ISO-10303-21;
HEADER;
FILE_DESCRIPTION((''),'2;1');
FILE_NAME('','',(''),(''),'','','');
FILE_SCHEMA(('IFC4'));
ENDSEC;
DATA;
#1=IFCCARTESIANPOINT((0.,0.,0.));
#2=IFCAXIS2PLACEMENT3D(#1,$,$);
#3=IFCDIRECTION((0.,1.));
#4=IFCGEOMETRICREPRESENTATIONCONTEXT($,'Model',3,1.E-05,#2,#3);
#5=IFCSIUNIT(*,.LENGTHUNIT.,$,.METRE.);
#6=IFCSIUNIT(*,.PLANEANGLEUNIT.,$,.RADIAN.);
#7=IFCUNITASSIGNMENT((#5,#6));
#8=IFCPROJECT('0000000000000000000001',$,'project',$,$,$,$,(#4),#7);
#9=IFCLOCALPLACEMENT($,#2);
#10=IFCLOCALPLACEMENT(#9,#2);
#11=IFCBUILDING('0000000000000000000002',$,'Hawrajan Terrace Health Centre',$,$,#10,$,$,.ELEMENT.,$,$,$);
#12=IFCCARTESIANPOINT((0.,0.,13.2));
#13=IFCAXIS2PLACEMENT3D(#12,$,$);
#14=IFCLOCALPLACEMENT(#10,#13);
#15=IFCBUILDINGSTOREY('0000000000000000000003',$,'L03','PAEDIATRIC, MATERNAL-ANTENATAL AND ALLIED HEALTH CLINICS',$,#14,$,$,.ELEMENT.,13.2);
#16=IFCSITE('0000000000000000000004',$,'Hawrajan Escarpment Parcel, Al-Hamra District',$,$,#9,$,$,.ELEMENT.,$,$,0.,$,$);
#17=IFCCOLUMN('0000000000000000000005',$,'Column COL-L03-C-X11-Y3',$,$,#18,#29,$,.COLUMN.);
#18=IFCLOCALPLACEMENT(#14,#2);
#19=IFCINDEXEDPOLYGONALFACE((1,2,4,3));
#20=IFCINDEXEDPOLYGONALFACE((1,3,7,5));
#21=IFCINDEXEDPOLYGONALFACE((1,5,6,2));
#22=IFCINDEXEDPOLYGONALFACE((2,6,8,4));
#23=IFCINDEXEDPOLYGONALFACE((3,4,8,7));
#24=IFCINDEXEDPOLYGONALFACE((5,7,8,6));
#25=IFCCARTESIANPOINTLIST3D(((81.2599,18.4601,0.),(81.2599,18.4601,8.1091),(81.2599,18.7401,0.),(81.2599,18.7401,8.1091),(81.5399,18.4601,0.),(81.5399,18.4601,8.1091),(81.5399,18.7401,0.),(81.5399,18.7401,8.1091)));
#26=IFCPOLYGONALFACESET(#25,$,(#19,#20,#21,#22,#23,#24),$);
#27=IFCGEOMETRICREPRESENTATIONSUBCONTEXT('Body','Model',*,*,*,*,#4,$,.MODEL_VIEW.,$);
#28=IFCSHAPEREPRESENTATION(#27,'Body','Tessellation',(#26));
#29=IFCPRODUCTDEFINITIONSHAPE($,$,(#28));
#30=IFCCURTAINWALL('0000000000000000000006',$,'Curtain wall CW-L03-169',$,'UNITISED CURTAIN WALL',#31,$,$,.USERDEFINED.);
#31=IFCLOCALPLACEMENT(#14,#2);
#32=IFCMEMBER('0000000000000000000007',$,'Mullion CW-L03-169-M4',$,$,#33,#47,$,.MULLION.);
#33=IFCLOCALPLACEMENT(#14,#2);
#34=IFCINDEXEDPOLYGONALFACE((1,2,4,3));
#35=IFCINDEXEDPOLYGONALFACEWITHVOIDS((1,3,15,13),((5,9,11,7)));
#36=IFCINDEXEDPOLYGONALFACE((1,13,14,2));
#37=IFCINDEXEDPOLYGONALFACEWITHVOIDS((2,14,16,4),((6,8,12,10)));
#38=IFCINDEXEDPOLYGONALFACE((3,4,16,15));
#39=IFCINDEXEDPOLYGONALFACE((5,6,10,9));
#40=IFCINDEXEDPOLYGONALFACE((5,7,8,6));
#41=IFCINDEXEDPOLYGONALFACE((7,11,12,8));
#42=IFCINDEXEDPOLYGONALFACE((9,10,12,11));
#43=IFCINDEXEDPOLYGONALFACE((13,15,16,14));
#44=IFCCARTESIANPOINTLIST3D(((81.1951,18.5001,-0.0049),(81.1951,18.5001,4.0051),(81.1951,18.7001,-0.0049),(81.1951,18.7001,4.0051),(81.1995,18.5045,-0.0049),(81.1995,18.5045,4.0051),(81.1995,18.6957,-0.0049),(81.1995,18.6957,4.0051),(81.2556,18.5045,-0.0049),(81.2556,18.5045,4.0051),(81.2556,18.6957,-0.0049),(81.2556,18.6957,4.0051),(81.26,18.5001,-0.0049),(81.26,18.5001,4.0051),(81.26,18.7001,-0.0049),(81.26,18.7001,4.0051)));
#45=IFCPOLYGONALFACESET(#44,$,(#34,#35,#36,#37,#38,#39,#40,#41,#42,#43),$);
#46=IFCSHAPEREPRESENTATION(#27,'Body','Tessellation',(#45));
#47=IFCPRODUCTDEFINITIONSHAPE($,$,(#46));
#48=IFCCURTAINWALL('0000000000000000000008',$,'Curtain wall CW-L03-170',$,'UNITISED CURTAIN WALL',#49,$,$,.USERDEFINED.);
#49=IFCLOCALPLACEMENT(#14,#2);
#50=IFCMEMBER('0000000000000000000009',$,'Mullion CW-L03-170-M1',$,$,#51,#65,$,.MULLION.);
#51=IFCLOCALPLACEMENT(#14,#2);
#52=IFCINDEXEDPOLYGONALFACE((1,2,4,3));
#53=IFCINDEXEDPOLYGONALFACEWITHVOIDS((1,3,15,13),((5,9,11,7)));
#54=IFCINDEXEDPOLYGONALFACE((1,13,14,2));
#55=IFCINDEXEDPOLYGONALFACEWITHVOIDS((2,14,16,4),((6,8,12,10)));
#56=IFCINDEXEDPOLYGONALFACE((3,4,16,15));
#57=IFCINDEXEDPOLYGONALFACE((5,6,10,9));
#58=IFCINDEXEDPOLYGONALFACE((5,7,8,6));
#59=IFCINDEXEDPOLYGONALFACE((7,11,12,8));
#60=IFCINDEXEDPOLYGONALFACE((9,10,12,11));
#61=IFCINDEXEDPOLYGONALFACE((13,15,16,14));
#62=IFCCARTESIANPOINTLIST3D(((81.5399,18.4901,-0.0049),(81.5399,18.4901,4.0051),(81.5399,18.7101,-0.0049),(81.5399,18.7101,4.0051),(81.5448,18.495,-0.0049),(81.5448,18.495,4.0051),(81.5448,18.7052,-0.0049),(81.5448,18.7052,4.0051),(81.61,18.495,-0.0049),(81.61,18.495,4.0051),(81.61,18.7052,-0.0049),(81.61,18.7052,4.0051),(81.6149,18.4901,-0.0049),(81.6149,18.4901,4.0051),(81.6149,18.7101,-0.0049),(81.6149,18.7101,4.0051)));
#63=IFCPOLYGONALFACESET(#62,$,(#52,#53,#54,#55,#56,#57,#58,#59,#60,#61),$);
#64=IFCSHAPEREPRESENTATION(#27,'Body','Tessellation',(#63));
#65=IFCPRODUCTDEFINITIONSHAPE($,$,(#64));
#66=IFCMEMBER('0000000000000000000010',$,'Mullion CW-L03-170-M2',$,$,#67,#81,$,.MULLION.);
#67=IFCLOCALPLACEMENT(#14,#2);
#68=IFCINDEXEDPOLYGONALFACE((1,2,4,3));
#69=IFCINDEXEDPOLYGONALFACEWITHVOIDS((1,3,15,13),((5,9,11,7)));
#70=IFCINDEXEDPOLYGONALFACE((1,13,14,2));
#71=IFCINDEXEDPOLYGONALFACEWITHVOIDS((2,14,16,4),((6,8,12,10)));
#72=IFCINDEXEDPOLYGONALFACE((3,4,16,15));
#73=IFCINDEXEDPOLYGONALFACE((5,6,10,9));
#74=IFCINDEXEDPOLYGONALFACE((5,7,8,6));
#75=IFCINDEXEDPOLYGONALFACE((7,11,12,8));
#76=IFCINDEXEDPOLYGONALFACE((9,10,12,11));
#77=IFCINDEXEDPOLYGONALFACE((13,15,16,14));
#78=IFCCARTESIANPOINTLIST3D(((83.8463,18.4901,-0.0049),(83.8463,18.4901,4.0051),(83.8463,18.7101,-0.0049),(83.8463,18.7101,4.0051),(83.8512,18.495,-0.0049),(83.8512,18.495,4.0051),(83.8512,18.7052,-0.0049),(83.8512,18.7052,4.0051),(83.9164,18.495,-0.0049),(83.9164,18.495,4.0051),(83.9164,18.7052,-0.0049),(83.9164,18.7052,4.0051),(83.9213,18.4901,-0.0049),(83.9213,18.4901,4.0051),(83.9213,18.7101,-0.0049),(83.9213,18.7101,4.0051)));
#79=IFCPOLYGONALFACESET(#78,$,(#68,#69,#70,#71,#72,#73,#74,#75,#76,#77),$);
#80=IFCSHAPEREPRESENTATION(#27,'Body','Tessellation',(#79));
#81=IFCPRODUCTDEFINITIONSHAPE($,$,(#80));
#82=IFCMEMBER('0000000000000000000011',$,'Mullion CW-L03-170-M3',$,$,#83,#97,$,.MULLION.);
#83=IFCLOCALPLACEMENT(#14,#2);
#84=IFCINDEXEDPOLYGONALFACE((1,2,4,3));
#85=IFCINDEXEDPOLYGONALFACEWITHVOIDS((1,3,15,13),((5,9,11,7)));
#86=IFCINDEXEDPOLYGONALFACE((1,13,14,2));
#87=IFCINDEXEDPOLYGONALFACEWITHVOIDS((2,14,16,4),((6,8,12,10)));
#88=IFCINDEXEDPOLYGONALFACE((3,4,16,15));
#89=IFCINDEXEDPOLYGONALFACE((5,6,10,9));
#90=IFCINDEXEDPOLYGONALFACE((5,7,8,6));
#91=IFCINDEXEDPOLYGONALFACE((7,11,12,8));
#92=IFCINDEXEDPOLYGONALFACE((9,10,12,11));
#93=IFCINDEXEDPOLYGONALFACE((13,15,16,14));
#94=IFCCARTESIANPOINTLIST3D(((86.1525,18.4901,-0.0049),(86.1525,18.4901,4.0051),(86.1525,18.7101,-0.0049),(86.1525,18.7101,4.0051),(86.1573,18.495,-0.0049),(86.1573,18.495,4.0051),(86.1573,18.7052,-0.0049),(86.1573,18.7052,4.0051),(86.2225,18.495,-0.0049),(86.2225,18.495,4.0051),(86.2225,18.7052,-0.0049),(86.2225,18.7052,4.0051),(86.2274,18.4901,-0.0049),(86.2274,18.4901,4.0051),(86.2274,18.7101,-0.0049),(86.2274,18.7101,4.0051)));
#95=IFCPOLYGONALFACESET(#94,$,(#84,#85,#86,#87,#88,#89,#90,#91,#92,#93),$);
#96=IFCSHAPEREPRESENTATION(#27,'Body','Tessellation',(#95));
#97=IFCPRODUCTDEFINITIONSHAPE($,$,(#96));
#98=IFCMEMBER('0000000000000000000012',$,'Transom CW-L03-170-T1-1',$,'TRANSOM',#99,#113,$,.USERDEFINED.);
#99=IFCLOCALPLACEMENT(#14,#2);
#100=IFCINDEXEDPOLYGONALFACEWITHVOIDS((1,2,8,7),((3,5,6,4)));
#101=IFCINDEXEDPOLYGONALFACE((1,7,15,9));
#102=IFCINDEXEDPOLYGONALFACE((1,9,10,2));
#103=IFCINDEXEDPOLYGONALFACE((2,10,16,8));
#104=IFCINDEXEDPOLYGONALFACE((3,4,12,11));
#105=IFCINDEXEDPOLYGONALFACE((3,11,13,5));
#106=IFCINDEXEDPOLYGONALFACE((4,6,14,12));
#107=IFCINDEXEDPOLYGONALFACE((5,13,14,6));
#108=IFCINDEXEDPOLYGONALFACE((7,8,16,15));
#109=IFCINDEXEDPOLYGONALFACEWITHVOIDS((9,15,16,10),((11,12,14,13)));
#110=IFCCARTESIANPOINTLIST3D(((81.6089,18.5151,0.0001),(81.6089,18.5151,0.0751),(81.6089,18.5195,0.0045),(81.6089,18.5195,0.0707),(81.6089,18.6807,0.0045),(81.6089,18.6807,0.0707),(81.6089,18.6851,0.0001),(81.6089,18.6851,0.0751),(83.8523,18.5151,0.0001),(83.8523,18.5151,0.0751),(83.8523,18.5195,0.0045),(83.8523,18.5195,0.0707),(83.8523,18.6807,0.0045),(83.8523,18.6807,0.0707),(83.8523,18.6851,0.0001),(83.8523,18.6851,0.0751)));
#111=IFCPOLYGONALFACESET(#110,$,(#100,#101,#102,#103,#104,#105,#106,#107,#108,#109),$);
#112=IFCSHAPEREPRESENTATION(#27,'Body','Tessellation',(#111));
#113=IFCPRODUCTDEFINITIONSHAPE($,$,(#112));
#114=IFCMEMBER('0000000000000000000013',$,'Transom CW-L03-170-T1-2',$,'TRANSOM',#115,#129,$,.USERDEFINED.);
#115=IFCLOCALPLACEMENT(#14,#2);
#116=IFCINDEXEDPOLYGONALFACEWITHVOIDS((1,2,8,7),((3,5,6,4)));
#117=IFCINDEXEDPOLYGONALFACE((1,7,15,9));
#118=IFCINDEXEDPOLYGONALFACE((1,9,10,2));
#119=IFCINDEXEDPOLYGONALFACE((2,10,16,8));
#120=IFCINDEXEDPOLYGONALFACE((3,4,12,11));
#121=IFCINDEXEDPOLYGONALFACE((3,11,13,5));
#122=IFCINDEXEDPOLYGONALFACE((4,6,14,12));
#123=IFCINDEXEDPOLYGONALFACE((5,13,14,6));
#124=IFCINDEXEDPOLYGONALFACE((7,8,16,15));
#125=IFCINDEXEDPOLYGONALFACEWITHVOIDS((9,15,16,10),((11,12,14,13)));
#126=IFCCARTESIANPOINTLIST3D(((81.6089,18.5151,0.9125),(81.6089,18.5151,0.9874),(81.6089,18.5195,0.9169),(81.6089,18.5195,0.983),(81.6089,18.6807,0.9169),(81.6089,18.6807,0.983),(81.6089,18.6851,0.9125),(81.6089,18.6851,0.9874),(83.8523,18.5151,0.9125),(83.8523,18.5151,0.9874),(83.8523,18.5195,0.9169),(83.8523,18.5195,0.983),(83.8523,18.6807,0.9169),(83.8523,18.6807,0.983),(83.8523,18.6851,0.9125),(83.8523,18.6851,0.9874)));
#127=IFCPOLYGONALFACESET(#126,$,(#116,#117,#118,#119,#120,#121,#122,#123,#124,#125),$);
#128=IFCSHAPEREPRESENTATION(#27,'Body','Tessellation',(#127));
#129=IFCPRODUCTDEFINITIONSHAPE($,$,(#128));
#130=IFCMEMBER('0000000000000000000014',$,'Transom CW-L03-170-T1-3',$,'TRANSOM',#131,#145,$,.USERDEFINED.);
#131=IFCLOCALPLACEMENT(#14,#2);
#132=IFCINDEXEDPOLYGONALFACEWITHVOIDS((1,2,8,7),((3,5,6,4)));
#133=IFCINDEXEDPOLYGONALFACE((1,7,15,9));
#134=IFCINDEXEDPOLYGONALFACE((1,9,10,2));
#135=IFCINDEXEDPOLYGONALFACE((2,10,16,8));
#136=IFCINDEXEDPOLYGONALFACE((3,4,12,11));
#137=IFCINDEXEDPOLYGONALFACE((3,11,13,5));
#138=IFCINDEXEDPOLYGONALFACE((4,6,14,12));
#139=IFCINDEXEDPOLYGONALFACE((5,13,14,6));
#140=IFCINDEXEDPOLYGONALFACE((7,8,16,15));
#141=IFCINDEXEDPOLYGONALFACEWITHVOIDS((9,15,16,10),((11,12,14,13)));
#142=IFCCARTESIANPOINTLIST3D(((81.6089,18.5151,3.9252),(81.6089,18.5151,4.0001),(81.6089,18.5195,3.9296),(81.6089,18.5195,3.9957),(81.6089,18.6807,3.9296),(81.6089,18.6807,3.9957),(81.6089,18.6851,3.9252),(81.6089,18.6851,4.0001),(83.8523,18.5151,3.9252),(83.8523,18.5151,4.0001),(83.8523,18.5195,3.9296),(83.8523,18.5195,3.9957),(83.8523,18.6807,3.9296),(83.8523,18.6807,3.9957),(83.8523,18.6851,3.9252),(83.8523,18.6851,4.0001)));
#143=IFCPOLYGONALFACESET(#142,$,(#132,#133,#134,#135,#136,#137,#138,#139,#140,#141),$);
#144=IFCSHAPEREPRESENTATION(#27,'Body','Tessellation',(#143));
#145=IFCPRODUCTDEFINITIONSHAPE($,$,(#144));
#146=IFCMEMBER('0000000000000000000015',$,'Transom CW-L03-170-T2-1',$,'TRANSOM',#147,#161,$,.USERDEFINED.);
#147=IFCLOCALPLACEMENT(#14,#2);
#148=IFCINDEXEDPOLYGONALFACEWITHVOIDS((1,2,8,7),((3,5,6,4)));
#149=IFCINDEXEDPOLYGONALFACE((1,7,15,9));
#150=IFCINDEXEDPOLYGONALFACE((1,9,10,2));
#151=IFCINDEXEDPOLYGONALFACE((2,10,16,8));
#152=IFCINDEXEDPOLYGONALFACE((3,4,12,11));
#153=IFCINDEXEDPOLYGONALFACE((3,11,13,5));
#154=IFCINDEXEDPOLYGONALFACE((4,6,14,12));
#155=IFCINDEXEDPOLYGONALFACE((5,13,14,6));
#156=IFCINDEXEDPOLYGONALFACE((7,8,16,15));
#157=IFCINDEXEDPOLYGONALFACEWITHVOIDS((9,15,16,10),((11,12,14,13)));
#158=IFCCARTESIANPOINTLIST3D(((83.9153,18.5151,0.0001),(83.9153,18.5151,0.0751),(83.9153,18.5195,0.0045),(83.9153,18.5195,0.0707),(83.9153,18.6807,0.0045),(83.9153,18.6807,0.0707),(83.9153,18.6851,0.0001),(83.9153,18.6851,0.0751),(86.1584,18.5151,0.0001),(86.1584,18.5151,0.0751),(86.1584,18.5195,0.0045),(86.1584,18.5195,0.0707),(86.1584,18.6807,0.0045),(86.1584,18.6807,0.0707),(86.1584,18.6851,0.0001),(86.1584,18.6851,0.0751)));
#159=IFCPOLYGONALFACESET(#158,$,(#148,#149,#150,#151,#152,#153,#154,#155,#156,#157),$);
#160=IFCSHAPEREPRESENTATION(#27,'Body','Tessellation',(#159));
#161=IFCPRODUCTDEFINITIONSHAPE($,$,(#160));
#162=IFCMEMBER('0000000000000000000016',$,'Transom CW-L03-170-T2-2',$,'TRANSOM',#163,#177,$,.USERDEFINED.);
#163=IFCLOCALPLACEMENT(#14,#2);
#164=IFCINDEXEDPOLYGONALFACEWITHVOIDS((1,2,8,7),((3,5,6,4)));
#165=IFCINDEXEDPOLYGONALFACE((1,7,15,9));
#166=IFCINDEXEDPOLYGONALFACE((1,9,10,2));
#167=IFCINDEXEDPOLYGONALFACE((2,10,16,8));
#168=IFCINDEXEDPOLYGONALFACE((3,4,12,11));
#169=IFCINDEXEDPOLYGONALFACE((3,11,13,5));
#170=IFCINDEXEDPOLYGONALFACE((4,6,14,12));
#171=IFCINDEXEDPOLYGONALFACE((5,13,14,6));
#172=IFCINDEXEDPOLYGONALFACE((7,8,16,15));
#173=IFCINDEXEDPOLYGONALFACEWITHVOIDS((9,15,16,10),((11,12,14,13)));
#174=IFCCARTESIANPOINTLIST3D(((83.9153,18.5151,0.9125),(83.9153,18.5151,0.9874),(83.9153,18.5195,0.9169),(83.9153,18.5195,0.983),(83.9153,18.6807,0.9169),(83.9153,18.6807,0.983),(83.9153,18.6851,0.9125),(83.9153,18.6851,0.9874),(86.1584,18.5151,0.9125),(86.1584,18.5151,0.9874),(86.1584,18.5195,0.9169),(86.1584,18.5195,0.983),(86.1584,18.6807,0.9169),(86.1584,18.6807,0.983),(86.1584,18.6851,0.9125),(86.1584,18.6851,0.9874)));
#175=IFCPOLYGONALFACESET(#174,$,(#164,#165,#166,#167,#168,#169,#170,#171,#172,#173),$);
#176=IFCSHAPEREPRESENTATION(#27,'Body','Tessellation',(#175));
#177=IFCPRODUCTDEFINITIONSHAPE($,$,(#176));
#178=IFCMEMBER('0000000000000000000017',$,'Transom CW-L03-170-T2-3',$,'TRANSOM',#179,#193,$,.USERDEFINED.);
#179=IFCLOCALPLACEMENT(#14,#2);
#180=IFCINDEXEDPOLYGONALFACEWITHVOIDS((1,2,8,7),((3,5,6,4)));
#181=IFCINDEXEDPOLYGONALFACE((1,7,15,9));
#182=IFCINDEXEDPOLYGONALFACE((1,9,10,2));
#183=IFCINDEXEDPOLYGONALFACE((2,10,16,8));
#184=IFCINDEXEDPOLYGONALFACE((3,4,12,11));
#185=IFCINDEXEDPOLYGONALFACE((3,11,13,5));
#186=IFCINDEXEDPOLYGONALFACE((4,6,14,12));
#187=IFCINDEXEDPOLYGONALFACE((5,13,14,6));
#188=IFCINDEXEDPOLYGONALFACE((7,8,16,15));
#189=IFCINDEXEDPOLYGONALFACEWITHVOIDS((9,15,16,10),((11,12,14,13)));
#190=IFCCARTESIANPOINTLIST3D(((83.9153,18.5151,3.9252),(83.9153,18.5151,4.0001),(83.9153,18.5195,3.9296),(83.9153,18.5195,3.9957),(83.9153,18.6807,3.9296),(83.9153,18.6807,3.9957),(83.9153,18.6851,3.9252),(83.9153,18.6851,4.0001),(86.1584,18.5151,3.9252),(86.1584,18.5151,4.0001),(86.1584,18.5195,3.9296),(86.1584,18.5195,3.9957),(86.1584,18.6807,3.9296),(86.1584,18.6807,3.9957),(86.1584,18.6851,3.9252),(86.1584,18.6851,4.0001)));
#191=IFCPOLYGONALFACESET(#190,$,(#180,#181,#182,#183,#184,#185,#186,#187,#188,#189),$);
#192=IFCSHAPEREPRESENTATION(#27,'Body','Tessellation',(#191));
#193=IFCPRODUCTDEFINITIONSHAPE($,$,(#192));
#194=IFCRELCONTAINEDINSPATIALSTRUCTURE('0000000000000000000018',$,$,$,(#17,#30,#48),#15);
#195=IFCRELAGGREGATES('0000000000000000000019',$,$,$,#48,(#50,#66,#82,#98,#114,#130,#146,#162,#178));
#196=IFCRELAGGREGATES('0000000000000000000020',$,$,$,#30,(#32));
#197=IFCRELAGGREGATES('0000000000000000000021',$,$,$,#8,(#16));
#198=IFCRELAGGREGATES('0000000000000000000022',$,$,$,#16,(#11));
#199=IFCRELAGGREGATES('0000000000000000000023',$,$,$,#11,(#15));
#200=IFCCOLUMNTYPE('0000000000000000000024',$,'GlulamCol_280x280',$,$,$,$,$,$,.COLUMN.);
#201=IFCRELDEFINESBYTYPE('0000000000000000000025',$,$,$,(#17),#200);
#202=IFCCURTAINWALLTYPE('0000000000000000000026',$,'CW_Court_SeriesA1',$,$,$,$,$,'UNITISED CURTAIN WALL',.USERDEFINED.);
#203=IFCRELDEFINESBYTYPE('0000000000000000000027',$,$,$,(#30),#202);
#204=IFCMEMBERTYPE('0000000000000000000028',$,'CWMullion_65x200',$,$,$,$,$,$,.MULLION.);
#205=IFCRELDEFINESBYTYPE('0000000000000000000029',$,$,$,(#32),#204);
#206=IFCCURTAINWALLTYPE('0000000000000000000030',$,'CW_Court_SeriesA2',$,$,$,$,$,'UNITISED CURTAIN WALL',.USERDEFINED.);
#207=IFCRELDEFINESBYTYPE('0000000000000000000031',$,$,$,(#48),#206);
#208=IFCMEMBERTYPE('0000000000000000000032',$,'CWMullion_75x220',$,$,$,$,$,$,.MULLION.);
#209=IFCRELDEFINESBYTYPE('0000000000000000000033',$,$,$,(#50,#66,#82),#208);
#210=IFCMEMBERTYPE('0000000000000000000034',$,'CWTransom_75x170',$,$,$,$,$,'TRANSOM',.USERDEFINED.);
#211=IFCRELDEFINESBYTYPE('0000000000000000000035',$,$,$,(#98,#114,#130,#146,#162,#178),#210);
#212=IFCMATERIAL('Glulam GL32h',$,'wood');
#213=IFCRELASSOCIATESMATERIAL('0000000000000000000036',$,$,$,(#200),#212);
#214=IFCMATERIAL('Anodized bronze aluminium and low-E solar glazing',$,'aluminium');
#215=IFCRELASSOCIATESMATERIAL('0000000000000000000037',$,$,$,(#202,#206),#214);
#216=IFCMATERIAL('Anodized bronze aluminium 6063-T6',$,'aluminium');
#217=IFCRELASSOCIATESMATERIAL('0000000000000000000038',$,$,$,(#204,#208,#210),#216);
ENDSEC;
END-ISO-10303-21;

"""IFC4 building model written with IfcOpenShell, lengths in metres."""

from ifc_helpers import new_model, si_unit, direction, frame, origin, origin_2d, place, context, subcontext, project, spatial, rectangle, hollow_rectangle, extrude, material, material_profile, profile_set, type_object, element, aggregate, save


model = new_model("IFC4")

# Units and contexts
model_context = context("Model", 3, precision=1e-05, world=origin(), true_north=direction((0.0, 1.0)))
body_context = subcontext(model_context, "Body", "Model", "MODEL_VIEW")
ifc_project = project(units=[si_unit("LENGTHUNIT", "METRE"), si_unit("PLANEANGLEUNIT", "RADIAN")], contexts=[model_context])

# Site, building, storey
site_placement = place(None, origin())
site = spatial("IfcSite", under=ifc_project, at=site_placement, Name="Hawrajan Escarpment Parcel, Al-Hamra District", CompositionType="ELEMENT", RefElevation=0.0)
building_placement = place(site_placement, origin())
building = spatial("IfcBuilding", under=site, at=building_placement, Name="Hawrajan Terrace Health Centre", CompositionType="ELEMENT")
storey_placement = place(building_placement, frame((0.0, 0.0, 13.2)))
storey = spatial("IfcBuildingStorey", under=building, at=storey_placement, Name="L03", Description="PAEDIATRIC, MATERNAL-ANTENATAL AND ALLIED HEALTH CLINICS", CompositionType="ELEMENT", Elevation=13.2)

# Column
ifc_material_1 = material(Name="Glulam GL32h", Category="wood")
ifc_material_profile_1 = material_profile(ifc_material_1, rectangle(XDim=0.28, YDim=0.28, at=origin_2d()), Name="GL 280x280")
ifc_profile_set_1 = profile_set([ifc_material_profile_1], Name="Glulam GL32h")
column_type = type_object("IfcColumnType", Name="GlulamCol_280x280", PredefinedType="COLUMN", material=ifc_profile_set_1)
column_placement = place(storey_placement, frame((81.3999, 18.6001, 0.0), z_axis=(0.0, 0.0, 1.0), x_axis=(1.0, 0.0, 0.0)))
element("IfcColumn", 1, at=column_placement, inside=storey, type_object=column_type, Name="Column COL-L03-C-X11-Y3", PredefinedType="COLUMN", context=body_context, shape_type="SweptSolid", body=[
    extrude(rectangle(XDim=0.28, YDim=0.28, at=origin_2d()), origin(), (0.0, 0.0, 1.0), 8.1091),
])

# Curtain wall, member
ifc_material_2 = material(Name="Anodized bronze aluminium and low-E solar glazing", Category="aluminium")
curtain_wall_type_1 = type_object("IfcCurtainWallType", Name="CW_Court_SeriesA1", ElementType="UNITISED CURTAIN WALL", PredefinedType="USERDEFINED", material=ifc_material_2)
curtain_wall_1_placement = place(storey_placement, origin())
curtain_wall_1 = element("IfcCurtainWall", 2, at=curtain_wall_1_placement, inside=storey, type_object=curtain_wall_type_1, Name="Curtain wall CW-L03-169", ObjectType="UNITISED CURTAIN WALL", PredefinedType="USERDEFINED")
ifc_material_3 = material(Name="Anodized bronze aluminium 6063-T6", Category="aluminium")
ifc_material_profile_2 = material_profile(ifc_material_3, hollow_rectangle(XDim=0.0649, YDim=0.2, WallThickness=0.0044, at=origin_2d()), Name="CW MUL 65x200")
ifc_profile_set_2 = profile_set([ifc_material_profile_2], Name="Anodized bronze aluminium 6063-T6")
member_type_1 = type_object("IfcMemberType", Name="CWMullion_65x200", PredefinedType="MULLION", material=ifc_profile_set_2)
member_1_placement = place(storey_placement, frame((81.2275, 18.6001, -0.0049), z_axis=(0.0, 0.0, 1.0), x_axis=(1.0, 0.0, 0.0)))
member_1 = element("IfcMember", 3, at=member_1_placement, type_object=member_type_1, Name="Mullion CW-L03-169-M4", PredefinedType="MULLION", context=body_context, shape_type="SweptSolid", body=[
    extrude(hollow_rectangle(XDim=0.0649, YDim=0.2, WallThickness=0.0044, at=origin_2d()), origin(), (0.0, 0.0, 1.0), 4.01),
])

# Curtain wall, members
curtain_wall_type_2 = type_object("IfcCurtainWallType", Name="CW_Court_SeriesA2", ElementType="UNITISED CURTAIN WALL", PredefinedType="USERDEFINED", material=ifc_material_2)
curtain_wall_2_placement = place(storey_placement, origin())
curtain_wall_2 = element("IfcCurtainWall", 4, at=curtain_wall_2_placement, inside=storey, type_object=curtain_wall_type_2, Name="Curtain wall CW-L03-170", ObjectType="UNITISED CURTAIN WALL", PredefinedType="USERDEFINED")
ifc_material_profile_3 = material_profile(ifc_material_3, hollow_rectangle(XDim=0.075, YDim=0.22, WallThickness=0.0049, at=origin_2d()), Name="CW MUL 75x220")
ifc_profile_set_3 = profile_set([ifc_material_profile_3], Name="Anodized bronze aluminium 6063-T6")
member_type_2 = type_object("IfcMemberType", Name="CWMullion_75x220", PredefinedType="MULLION", material=ifc_profile_set_3)
member_2_placement = place(storey_placement, frame((81.5774, 18.6001, -0.0049), z_axis=(0.0, 0.0, 1.0), x_axis=(1.0, 0.0, 0.0)))
member_2 = element("IfcMember", 5, at=member_2_placement, type_object=member_type_2, Name="Mullion CW-L03-170-M1", PredefinedType="MULLION", context=body_context, shape_type="SweptSolid", body=[
    extrude(hollow_rectangle(XDim=0.075, YDim=0.22, WallThickness=0.0049, at=origin_2d()), origin(), (0.0, 0.0, 1.0), 4.01),
])
member_3_placement = place(storey_placement, frame((83.8838, 18.6001, -0.0049), z_axis=(0.0, 0.0, 1.0), x_axis=(1.0, 0.0, 0.0)))
member_3 = element("IfcMember", 6, at=member_3_placement, type_object=member_type_2, Name="Mullion CW-L03-170-M2", PredefinedType="MULLION", context=body_context, shape_type="SweptSolid", body=[
    extrude(hollow_rectangle(XDim=0.075, YDim=0.22, WallThickness=0.0049, at=origin_2d()), origin(), (0.0, 0.0, 1.0), 4.01),
])
member_4_placement = place(storey_placement, frame((86.1899, 18.6001, -0.0049), z_axis=(0.0, 0.0, 1.0), x_axis=(1.0, 0.0, 0.0)))
member_4 = element("IfcMember", 7, at=member_4_placement, type_object=member_type_2, Name="Mullion CW-L03-170-M3", PredefinedType="MULLION", context=body_context, shape_type="SweptSolid", body=[
    extrude(hollow_rectangle(XDim=0.075, YDim=0.22, WallThickness=0.0049, at=origin_2d()), origin(), (0.0, 0.0, 1.0), 4.01),
])
ifc_material_profile_4 = material_profile(ifc_material_3, hollow_rectangle(XDim=0.075, YDim=0.1699, WallThickness=0.0044, at=origin_2d()), Name="CW TRN 75x170")
ifc_profile_set_4 = profile_set([ifc_material_profile_4], Name="Anodized bronze aluminium 6063-T6")
member_type_3 = type_object("IfcMemberType", Name="CWTransom_75x170", ElementType="TRANSOM", PredefinedType="USERDEFINED", material=ifc_profile_set_4)
member_5_placement = place(storey_placement, frame((81.6089, 18.6001, 0.0376), z_axis=(1.0, 0.0, 0.0), x_axis=(0.0, 0.0, 1.0)))
member_5 = element("IfcMember", 8, at=member_5_placement, type_object=member_type_3, Name="Transom CW-L03-170-T1-1", ObjectType="TRANSOM", PredefinedType="USERDEFINED", context=body_context, shape_type="SweptSolid", body=[
    extrude(hollow_rectangle(XDim=0.075, YDim=0.1699, WallThickness=0.0044, at=origin_2d()), origin(), (0.0, 0.0, 1.0), 2.2434),
])
member_6_placement = place(storey_placement, frame((81.6089, 18.6001, 0.95), z_axis=(1.0, 0.0, 0.0), x_axis=(0.0, 0.0, 1.0)))
member_6 = element("IfcMember", 9, at=member_6_placement, type_object=member_type_3, Name="Transom CW-L03-170-T1-2", ObjectType="TRANSOM", PredefinedType="USERDEFINED", context=body_context, shape_type="SweptSolid", body=[
    extrude(hollow_rectangle(XDim=0.075, YDim=0.1699, WallThickness=0.0044, at=origin_2d()), origin(), (0.0, 0.0, 1.0), 2.2434),
])
member_7_placement = place(storey_placement, frame((81.6089, 18.6001, 3.9626), z_axis=(1.0, 0.0, 0.0), x_axis=(0.0, 0.0, 1.0)))
member_7 = element("IfcMember", 10, at=member_7_placement, type_object=member_type_3, Name="Transom CW-L03-170-T1-3", ObjectType="TRANSOM", PredefinedType="USERDEFINED", context=body_context, shape_type="SweptSolid", body=[
    extrude(hollow_rectangle(XDim=0.075, YDim=0.1699, WallThickness=0.0044, at=origin_2d()), origin(), (0.0, 0.0, 1.0), 2.2434),
])
member_8_placement = place(storey_placement, frame((83.9153, 18.6001, 0.0376), z_axis=(1.0, 0.0, 0.0), x_axis=(0.0, 0.0, 1.0)))
member_8 = element("IfcMember", 11, at=member_8_placement, type_object=member_type_3, Name="Transom CW-L03-170-T2-1", ObjectType="TRANSOM", PredefinedType="USERDEFINED", context=body_context, shape_type="SweptSolid", body=[
    extrude(hollow_rectangle(XDim=0.075, YDim=0.1699, WallThickness=0.0044, at=origin_2d()), origin(), (0.0, 0.0, 1.0), 2.2432),
])
member_9_placement = place(storey_placement, frame((83.9153, 18.6001, 0.95), z_axis=(1.0, 0.0, 0.0), x_axis=(0.0, 0.0, 1.0)))
member_9 = element("IfcMember", 12, at=member_9_placement, type_object=member_type_3, Name="Transom CW-L03-170-T2-2", ObjectType="TRANSOM", PredefinedType="USERDEFINED", context=body_context, shape_type="SweptSolid", body=[
    extrude(hollow_rectangle(XDim=0.075, YDim=0.1699, WallThickness=0.0044, at=origin_2d()), origin(), (0.0, 0.0, 1.0), 2.2432),
])
member_10_placement = place(storey_placement, frame((83.9153, 18.6001, 3.9626), z_axis=(1.0, 0.0, 0.0), x_axis=(0.0, 0.0, 1.0)))
member_10 = element("IfcMember", 13, at=member_10_placement, type_object=member_type_3, Name="Transom CW-L03-170-T2-3", ObjectType="TRANSOM", PredefinedType="USERDEFINED", context=body_context, shape_type="SweptSolid", body=[
    extrude(hollow_rectangle(XDim=0.075, YDim=0.1699, WallThickness=0.0044, at=origin_2d()), origin(), (0.0, 0.0, 1.0), 2.2432),
])

aggregate(curtain_wall_2, [member_2, member_3, member_4, member_5, member_6, member_7, member_8, member_9, member_10])
aggregate(curtain_wall_1, [member_1])

save(model, "model.ifc")
